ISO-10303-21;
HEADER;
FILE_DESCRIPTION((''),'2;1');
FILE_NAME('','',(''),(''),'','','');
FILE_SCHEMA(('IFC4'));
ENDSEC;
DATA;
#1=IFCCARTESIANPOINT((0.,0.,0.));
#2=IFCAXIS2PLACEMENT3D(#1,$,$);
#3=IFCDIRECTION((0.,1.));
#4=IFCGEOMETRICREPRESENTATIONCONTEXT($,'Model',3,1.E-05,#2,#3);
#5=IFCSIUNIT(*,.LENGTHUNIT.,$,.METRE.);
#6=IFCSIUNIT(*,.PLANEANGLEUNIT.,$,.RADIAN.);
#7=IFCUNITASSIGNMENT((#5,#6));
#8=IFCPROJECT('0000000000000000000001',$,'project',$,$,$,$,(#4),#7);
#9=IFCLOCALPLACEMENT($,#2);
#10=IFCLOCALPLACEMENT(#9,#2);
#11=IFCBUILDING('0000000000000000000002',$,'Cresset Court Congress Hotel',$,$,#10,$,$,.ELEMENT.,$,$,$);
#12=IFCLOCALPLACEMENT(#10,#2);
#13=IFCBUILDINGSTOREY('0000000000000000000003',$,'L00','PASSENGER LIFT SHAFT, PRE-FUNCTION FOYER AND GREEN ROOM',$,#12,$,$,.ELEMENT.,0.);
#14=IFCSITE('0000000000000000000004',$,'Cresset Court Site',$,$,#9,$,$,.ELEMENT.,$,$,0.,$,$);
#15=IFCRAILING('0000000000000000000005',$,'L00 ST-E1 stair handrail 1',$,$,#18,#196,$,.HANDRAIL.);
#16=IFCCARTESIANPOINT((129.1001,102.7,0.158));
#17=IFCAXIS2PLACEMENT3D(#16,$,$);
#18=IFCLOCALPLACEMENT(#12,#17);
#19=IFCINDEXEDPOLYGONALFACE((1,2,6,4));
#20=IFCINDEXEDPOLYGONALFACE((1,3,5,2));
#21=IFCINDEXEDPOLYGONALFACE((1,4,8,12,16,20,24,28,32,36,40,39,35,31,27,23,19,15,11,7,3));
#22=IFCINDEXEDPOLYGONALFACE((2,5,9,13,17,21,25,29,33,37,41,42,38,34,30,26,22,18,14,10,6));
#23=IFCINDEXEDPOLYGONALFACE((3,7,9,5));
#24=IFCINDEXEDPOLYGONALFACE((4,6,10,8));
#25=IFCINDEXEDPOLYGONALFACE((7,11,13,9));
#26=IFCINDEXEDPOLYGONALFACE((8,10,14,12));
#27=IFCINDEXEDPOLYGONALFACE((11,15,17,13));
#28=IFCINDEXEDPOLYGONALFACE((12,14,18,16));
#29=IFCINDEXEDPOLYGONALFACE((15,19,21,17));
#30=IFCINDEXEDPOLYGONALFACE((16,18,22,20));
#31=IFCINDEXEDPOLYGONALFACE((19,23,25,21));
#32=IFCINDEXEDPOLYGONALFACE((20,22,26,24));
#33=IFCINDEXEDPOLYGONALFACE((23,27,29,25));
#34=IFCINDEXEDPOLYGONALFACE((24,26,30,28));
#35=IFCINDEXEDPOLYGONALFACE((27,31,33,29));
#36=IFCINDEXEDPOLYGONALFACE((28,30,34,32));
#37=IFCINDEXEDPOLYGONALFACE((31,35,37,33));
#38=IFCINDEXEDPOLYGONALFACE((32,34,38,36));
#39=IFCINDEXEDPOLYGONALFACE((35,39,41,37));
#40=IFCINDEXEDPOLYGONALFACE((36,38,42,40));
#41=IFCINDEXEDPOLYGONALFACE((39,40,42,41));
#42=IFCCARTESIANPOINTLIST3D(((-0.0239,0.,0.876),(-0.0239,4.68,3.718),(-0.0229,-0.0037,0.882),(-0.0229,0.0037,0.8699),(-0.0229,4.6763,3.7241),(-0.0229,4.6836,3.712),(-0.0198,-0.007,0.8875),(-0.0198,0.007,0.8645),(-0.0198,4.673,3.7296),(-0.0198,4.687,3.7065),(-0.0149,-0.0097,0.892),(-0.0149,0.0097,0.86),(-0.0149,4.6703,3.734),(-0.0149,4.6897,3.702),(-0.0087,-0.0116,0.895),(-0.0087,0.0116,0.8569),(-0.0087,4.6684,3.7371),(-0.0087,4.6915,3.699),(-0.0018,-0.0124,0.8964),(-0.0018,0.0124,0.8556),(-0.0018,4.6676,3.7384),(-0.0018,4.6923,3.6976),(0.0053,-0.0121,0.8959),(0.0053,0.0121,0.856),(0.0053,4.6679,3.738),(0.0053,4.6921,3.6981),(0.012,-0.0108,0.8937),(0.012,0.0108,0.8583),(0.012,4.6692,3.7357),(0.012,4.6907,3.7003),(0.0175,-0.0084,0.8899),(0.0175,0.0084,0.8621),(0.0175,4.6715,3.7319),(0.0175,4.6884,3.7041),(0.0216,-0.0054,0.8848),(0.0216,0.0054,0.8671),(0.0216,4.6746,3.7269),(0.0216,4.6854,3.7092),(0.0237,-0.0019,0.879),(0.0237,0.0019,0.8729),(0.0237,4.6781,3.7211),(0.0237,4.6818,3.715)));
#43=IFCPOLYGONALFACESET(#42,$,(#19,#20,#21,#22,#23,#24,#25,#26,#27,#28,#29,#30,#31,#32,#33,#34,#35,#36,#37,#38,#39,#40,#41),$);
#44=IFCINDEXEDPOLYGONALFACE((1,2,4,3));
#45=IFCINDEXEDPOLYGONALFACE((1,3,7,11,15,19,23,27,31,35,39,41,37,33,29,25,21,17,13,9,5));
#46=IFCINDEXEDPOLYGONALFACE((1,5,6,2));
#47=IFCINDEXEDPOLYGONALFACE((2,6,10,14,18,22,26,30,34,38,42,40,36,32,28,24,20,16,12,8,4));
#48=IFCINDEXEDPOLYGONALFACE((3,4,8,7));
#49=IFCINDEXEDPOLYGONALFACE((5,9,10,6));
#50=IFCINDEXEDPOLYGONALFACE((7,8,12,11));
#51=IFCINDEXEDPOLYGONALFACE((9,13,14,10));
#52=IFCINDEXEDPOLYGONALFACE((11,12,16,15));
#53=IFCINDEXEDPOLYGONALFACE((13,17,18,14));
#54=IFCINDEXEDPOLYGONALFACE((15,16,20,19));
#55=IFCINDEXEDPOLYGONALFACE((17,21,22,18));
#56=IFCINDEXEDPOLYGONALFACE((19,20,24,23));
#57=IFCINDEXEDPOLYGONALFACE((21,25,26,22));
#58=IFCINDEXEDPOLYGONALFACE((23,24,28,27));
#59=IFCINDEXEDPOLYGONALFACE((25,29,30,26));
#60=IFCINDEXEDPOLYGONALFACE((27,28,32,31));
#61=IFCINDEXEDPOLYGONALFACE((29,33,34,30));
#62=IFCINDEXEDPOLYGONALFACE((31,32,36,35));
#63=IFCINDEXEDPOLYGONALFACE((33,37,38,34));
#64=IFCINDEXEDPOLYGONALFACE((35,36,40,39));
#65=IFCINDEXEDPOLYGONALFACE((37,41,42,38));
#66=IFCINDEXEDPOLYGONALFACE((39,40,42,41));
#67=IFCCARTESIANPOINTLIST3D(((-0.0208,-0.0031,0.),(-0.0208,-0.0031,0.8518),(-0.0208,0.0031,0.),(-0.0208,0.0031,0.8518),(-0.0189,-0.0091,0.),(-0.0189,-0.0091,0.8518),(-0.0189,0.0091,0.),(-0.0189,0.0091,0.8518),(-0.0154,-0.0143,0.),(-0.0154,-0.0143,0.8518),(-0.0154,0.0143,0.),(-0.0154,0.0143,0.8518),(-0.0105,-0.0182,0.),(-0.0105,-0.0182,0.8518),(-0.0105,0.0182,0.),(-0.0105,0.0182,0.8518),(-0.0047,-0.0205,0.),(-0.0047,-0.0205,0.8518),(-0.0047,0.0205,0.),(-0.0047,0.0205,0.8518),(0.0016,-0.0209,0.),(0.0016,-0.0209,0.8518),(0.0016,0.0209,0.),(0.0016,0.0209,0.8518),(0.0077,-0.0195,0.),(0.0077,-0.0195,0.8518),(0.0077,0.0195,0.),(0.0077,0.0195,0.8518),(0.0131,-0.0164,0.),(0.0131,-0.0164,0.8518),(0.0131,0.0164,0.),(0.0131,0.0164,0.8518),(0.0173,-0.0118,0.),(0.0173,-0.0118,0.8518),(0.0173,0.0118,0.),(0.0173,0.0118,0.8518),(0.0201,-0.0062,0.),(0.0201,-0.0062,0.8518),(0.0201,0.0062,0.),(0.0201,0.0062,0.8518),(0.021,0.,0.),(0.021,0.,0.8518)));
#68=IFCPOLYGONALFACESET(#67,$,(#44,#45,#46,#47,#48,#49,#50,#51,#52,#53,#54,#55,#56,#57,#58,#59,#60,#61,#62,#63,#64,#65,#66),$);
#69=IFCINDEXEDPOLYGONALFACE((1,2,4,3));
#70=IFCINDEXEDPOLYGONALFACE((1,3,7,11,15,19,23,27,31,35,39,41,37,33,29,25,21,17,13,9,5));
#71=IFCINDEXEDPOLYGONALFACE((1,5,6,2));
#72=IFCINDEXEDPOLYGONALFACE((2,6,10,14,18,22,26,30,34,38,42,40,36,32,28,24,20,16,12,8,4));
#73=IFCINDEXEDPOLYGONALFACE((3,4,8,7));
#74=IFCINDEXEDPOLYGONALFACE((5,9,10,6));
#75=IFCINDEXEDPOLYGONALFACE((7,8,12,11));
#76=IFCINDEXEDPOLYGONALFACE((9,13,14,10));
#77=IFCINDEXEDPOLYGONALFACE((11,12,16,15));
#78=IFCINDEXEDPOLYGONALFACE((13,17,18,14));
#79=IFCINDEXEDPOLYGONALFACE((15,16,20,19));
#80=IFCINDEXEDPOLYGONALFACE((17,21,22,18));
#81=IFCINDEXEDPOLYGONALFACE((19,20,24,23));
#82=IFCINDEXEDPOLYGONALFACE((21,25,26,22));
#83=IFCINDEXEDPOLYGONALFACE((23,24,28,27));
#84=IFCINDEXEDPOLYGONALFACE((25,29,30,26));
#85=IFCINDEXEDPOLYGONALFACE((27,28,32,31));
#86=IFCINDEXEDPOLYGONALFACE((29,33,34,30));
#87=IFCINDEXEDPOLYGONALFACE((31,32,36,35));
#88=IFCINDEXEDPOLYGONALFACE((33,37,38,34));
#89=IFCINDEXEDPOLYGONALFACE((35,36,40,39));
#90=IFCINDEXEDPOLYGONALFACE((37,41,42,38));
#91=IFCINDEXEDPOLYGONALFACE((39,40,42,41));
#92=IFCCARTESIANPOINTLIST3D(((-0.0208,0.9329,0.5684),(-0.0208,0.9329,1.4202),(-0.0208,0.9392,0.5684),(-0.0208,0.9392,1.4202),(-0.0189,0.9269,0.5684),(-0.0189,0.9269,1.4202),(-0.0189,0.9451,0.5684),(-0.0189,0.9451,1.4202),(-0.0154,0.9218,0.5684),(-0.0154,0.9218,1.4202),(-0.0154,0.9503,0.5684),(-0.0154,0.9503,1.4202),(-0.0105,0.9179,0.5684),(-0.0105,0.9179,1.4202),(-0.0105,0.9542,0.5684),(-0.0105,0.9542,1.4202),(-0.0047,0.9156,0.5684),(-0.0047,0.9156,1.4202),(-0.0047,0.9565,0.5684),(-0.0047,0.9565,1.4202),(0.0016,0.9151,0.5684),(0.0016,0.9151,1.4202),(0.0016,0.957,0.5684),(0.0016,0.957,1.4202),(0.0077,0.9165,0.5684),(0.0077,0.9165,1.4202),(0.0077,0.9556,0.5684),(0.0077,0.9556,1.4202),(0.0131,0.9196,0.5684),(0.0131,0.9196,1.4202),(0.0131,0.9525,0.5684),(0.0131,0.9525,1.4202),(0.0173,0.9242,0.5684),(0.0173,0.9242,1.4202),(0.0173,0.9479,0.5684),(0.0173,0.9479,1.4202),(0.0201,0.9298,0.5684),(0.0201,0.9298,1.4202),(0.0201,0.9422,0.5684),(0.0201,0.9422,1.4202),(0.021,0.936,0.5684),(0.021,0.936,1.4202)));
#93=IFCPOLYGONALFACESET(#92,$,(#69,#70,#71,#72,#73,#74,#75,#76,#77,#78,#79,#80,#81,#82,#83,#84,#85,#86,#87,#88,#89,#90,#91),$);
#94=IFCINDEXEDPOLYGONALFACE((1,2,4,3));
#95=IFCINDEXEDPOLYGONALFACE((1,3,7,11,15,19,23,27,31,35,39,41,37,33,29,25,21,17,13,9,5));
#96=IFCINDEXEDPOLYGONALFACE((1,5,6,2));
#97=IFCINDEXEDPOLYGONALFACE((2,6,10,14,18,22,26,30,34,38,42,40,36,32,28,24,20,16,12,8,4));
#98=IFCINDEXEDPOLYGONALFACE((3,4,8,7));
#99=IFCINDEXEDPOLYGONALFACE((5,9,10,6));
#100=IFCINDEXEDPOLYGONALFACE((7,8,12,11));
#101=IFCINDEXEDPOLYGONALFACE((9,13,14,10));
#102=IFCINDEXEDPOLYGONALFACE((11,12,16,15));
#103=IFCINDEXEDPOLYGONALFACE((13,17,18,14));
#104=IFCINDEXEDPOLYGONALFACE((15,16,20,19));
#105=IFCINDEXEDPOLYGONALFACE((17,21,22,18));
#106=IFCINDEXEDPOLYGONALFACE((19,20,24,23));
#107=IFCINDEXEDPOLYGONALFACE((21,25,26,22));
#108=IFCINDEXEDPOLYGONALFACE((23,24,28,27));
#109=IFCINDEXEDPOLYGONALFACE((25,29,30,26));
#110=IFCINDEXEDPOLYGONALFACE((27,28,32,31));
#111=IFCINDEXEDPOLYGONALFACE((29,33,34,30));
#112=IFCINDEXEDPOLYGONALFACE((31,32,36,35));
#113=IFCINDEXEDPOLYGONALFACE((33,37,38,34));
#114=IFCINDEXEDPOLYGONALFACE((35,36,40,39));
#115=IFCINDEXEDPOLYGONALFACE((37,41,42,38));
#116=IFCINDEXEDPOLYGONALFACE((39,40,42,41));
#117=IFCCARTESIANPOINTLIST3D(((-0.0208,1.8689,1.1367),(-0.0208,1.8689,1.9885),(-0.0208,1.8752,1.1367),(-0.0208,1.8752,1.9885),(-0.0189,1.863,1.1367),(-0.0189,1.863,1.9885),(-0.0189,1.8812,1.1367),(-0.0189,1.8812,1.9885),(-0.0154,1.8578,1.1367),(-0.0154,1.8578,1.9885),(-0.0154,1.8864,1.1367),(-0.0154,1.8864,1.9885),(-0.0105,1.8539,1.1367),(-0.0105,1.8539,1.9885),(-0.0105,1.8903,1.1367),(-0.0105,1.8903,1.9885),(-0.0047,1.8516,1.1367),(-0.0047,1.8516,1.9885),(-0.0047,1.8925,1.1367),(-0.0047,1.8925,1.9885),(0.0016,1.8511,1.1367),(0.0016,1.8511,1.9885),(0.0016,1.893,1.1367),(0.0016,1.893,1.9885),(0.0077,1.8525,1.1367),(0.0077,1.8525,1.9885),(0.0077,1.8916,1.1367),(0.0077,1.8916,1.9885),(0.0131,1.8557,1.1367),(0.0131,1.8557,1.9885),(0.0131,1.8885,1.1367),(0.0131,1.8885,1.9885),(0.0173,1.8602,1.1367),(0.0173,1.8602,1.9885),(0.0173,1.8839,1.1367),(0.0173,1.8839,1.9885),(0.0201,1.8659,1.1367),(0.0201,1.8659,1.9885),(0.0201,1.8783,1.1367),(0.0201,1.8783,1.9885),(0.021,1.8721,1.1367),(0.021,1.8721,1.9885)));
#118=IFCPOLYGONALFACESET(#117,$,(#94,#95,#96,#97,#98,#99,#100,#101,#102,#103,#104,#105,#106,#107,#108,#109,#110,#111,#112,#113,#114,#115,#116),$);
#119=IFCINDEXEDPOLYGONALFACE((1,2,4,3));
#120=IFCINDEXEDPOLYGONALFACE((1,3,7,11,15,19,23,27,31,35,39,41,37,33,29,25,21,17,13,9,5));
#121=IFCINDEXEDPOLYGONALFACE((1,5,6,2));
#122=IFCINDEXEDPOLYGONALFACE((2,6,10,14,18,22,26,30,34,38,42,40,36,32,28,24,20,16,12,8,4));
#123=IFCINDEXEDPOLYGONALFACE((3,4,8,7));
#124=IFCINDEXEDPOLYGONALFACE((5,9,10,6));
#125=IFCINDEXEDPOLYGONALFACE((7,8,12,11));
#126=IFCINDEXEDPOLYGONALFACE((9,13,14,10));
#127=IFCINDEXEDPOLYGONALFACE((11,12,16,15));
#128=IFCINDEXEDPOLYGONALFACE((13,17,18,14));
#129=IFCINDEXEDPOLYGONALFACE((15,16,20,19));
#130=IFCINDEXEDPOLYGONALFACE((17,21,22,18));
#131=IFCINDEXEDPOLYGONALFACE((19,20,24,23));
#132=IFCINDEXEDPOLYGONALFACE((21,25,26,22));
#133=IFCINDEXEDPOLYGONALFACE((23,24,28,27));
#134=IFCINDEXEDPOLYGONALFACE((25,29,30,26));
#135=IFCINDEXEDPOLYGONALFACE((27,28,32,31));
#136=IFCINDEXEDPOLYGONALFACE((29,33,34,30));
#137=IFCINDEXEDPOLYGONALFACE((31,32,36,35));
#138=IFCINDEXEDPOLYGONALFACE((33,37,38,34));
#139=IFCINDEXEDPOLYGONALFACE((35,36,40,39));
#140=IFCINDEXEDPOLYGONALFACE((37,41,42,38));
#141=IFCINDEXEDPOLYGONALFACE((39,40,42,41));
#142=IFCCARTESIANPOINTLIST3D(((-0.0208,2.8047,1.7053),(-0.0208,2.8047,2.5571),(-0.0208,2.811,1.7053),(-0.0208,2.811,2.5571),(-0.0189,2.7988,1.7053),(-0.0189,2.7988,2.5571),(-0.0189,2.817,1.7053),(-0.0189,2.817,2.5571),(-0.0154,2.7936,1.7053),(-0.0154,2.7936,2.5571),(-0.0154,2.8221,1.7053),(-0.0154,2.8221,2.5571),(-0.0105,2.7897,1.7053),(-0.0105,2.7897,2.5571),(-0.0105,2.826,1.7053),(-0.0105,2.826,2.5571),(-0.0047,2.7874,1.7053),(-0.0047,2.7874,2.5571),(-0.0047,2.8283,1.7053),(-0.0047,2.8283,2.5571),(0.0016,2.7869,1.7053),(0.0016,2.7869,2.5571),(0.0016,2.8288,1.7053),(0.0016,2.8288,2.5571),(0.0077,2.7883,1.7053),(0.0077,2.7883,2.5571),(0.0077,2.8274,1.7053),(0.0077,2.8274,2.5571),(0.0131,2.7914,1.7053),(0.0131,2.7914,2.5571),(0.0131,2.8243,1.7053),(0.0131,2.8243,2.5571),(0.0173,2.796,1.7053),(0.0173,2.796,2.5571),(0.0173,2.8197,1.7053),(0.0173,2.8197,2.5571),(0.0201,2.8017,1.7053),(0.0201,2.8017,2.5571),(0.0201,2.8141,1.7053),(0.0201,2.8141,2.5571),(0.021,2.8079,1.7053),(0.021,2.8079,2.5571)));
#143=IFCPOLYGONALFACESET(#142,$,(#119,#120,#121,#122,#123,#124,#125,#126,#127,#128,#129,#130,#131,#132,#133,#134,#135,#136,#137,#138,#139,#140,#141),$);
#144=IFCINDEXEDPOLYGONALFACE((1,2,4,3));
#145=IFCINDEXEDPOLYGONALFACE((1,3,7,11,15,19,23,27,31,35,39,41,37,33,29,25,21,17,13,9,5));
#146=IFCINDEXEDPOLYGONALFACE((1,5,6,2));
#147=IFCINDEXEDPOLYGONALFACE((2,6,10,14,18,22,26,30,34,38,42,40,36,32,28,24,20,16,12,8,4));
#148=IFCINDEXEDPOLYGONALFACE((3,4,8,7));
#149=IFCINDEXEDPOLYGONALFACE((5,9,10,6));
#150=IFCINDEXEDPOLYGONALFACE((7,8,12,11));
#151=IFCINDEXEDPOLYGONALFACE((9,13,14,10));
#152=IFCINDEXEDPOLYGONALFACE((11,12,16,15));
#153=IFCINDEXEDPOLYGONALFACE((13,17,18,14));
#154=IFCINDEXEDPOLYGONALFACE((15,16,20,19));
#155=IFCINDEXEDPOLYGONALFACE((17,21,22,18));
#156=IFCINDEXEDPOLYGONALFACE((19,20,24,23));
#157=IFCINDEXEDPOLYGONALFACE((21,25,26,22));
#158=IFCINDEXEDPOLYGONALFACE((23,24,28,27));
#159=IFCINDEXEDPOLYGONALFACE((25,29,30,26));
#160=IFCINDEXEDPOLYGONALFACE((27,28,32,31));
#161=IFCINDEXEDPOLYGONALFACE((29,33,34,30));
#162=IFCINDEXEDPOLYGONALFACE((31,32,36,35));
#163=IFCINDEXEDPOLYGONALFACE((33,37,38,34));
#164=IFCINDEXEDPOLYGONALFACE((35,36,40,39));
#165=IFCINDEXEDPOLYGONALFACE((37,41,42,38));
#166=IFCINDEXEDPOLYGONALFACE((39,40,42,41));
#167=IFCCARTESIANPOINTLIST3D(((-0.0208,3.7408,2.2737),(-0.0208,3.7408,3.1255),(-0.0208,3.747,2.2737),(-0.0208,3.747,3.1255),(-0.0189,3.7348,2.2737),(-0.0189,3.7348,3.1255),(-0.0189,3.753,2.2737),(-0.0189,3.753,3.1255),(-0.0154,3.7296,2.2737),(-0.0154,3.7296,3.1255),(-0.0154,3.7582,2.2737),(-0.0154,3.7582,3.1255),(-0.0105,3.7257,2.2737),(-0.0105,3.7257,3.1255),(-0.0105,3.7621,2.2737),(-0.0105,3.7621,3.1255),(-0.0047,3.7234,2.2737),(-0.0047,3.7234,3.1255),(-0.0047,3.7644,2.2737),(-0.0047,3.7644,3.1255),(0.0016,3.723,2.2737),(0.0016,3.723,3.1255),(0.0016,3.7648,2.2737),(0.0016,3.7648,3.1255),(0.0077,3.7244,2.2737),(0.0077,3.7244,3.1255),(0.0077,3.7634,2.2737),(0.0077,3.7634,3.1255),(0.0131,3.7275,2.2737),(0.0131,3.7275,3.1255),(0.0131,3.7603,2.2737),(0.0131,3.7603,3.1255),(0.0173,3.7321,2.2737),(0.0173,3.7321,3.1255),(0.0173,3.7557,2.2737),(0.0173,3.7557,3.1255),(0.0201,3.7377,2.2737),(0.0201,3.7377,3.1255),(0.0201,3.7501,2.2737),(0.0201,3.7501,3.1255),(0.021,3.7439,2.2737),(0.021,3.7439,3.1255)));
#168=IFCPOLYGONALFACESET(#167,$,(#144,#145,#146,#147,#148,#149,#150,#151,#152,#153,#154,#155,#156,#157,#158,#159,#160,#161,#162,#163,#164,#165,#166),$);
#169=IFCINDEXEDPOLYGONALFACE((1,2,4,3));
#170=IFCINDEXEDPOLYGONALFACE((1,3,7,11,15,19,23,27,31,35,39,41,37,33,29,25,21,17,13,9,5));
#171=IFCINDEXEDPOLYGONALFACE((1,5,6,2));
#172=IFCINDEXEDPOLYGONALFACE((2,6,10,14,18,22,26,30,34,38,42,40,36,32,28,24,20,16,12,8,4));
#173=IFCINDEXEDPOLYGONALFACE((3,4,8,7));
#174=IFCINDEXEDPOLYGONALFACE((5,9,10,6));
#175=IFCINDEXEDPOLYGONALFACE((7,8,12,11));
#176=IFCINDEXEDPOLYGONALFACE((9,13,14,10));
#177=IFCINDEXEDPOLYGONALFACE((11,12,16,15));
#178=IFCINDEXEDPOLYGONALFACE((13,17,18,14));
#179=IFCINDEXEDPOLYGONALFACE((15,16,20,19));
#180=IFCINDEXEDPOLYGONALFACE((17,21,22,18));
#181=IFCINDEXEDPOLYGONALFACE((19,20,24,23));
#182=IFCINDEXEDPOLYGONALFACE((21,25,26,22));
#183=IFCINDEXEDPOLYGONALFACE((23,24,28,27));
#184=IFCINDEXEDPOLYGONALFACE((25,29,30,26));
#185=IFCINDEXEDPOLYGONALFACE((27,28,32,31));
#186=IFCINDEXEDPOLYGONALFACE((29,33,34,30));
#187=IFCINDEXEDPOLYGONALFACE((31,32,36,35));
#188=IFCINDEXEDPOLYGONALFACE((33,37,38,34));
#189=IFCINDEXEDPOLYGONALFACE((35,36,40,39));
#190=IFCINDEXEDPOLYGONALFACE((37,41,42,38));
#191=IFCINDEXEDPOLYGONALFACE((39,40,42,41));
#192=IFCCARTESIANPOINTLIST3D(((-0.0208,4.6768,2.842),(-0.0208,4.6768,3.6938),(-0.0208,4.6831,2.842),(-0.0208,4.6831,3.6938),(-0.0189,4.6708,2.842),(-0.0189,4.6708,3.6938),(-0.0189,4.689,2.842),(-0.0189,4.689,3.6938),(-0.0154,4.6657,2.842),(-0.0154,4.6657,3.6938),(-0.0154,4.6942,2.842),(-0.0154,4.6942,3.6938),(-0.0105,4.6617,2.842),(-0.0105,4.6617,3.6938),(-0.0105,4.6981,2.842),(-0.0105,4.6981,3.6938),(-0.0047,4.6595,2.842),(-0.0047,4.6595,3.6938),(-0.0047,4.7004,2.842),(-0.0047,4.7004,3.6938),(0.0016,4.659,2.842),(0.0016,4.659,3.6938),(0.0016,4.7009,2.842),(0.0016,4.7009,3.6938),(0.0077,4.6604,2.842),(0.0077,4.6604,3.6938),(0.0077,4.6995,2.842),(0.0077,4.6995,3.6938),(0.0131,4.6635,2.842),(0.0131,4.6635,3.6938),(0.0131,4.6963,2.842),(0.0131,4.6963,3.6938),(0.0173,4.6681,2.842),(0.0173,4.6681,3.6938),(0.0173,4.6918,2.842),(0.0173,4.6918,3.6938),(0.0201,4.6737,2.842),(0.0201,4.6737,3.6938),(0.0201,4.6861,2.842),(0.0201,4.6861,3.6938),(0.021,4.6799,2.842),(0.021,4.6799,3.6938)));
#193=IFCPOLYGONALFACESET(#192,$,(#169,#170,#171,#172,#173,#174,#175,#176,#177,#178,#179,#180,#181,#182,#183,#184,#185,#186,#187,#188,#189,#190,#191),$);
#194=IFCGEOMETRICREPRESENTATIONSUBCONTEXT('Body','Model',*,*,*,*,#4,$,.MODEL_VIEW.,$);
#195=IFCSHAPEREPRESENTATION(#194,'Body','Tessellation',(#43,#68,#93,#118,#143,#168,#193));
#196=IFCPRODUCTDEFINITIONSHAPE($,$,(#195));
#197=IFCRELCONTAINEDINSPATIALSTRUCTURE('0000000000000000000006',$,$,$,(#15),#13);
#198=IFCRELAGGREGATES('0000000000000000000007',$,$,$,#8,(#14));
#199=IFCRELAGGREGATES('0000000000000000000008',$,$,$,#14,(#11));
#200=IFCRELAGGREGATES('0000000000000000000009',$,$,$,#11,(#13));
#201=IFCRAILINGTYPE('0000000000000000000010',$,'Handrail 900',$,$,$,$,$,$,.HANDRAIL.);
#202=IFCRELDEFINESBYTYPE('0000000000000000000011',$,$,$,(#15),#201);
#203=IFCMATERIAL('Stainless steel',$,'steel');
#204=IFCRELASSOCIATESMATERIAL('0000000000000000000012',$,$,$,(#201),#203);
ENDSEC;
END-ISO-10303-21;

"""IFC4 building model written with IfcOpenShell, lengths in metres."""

from ifc_helpers import new_model, si_unit, direction, frame, origin, origin_2d, place, context, subcontext, project, spatial, circle, extrude, material, type_object, element, save


model = new_model("IFC4")

# Units and contexts
model_context = context("Model", 3, precision=1e-05, world=origin(), true_north=direction((0.0, 1.0)))
body_context = subcontext(model_context, "Body", "Model", "MODEL_VIEW")
ifc_project = project(units=[si_unit("LENGTHUNIT", "METRE"), si_unit("PLANEANGLEUNIT", "RADIAN")], contexts=[model_context])

# Site, building, storey
site_placement = place(None, origin())
site = spatial("IfcSite", under=ifc_project, at=site_placement, Name="Cresset Court Site", CompositionType="ELEMENT", RefElevation=0.0)
building_placement = place(site_placement, origin())
building = spatial("IfcBuilding", under=site, at=building_placement, Name="Cresset Court Congress Hotel", CompositionType="ELEMENT")
storey_placement = place(building_placement, origin())
storey = spatial("IfcBuildingStorey", under=building, at=storey_placement, Name="L00", Description="PASSENGER LIFT SHAFT, PRE-FUNCTION FOYER AND GREEN ROOM", CompositionType="ELEMENT", Elevation=0.0)

# Railing
ifc_material_1 = material(Name="Stainless steel", Category="steel")
railing_type_1 = type_object("IfcRailingType", Name="Handrail 900", PredefinedType="HANDRAIL", material=ifc_material_1)
railing_1_placement = place(storey_placement, frame((129.1001, 102.7, 0.158)))
element("IfcRailing", 1, at=railing_1_placement, inside=storey, type_object=railing_type_1, Name="L00 ST-E1 stair handrail 1", PredefinedType="HANDRAIL", context=body_context, shape_type="SweptSolid", body=[
    extrude(circle(Radius=0.0239, at=origin_2d()), frame((0.0, 0.0, 0.876), z_axis=(0.0, 0.854735, 0.519065), x_axis=(-1.0, 0.0, 0.0)), (0.0, 0.0, 1.0), 5.4753),
    extrude(circle(Radius=0.021, at=origin_2d()), origin(), (0.0, 0.0, 1.0), 0.8518),
    extrude(circle(Radius=0.021, at=origin_2d()), frame((0.0, 0.936, 0.5684)), (0.0, 0.0, 1.0), 0.8518),
    extrude(circle(Radius=0.021, at=origin_2d()), frame((0.0, 1.8721, 1.1367)), (0.0, 0.0, 1.0), 0.8518),
    extrude(circle(Radius=0.021, at=origin_2d()), frame((0.0, 2.8079, 1.7053)), (0.0, 0.0, 1.0), 0.8518),
    extrude(circle(Radius=0.021, at=origin_2d()), frame((0.0, 3.7439, 2.2737)), (0.0, 0.0, 1.0), 0.8518),
    extrude(circle(Radius=0.021, at=origin_2d()), frame((0.0, 4.6799, 2.842)), (0.0, 0.0, 1.0), 0.8518),
])

save(model, "model.ifc")
